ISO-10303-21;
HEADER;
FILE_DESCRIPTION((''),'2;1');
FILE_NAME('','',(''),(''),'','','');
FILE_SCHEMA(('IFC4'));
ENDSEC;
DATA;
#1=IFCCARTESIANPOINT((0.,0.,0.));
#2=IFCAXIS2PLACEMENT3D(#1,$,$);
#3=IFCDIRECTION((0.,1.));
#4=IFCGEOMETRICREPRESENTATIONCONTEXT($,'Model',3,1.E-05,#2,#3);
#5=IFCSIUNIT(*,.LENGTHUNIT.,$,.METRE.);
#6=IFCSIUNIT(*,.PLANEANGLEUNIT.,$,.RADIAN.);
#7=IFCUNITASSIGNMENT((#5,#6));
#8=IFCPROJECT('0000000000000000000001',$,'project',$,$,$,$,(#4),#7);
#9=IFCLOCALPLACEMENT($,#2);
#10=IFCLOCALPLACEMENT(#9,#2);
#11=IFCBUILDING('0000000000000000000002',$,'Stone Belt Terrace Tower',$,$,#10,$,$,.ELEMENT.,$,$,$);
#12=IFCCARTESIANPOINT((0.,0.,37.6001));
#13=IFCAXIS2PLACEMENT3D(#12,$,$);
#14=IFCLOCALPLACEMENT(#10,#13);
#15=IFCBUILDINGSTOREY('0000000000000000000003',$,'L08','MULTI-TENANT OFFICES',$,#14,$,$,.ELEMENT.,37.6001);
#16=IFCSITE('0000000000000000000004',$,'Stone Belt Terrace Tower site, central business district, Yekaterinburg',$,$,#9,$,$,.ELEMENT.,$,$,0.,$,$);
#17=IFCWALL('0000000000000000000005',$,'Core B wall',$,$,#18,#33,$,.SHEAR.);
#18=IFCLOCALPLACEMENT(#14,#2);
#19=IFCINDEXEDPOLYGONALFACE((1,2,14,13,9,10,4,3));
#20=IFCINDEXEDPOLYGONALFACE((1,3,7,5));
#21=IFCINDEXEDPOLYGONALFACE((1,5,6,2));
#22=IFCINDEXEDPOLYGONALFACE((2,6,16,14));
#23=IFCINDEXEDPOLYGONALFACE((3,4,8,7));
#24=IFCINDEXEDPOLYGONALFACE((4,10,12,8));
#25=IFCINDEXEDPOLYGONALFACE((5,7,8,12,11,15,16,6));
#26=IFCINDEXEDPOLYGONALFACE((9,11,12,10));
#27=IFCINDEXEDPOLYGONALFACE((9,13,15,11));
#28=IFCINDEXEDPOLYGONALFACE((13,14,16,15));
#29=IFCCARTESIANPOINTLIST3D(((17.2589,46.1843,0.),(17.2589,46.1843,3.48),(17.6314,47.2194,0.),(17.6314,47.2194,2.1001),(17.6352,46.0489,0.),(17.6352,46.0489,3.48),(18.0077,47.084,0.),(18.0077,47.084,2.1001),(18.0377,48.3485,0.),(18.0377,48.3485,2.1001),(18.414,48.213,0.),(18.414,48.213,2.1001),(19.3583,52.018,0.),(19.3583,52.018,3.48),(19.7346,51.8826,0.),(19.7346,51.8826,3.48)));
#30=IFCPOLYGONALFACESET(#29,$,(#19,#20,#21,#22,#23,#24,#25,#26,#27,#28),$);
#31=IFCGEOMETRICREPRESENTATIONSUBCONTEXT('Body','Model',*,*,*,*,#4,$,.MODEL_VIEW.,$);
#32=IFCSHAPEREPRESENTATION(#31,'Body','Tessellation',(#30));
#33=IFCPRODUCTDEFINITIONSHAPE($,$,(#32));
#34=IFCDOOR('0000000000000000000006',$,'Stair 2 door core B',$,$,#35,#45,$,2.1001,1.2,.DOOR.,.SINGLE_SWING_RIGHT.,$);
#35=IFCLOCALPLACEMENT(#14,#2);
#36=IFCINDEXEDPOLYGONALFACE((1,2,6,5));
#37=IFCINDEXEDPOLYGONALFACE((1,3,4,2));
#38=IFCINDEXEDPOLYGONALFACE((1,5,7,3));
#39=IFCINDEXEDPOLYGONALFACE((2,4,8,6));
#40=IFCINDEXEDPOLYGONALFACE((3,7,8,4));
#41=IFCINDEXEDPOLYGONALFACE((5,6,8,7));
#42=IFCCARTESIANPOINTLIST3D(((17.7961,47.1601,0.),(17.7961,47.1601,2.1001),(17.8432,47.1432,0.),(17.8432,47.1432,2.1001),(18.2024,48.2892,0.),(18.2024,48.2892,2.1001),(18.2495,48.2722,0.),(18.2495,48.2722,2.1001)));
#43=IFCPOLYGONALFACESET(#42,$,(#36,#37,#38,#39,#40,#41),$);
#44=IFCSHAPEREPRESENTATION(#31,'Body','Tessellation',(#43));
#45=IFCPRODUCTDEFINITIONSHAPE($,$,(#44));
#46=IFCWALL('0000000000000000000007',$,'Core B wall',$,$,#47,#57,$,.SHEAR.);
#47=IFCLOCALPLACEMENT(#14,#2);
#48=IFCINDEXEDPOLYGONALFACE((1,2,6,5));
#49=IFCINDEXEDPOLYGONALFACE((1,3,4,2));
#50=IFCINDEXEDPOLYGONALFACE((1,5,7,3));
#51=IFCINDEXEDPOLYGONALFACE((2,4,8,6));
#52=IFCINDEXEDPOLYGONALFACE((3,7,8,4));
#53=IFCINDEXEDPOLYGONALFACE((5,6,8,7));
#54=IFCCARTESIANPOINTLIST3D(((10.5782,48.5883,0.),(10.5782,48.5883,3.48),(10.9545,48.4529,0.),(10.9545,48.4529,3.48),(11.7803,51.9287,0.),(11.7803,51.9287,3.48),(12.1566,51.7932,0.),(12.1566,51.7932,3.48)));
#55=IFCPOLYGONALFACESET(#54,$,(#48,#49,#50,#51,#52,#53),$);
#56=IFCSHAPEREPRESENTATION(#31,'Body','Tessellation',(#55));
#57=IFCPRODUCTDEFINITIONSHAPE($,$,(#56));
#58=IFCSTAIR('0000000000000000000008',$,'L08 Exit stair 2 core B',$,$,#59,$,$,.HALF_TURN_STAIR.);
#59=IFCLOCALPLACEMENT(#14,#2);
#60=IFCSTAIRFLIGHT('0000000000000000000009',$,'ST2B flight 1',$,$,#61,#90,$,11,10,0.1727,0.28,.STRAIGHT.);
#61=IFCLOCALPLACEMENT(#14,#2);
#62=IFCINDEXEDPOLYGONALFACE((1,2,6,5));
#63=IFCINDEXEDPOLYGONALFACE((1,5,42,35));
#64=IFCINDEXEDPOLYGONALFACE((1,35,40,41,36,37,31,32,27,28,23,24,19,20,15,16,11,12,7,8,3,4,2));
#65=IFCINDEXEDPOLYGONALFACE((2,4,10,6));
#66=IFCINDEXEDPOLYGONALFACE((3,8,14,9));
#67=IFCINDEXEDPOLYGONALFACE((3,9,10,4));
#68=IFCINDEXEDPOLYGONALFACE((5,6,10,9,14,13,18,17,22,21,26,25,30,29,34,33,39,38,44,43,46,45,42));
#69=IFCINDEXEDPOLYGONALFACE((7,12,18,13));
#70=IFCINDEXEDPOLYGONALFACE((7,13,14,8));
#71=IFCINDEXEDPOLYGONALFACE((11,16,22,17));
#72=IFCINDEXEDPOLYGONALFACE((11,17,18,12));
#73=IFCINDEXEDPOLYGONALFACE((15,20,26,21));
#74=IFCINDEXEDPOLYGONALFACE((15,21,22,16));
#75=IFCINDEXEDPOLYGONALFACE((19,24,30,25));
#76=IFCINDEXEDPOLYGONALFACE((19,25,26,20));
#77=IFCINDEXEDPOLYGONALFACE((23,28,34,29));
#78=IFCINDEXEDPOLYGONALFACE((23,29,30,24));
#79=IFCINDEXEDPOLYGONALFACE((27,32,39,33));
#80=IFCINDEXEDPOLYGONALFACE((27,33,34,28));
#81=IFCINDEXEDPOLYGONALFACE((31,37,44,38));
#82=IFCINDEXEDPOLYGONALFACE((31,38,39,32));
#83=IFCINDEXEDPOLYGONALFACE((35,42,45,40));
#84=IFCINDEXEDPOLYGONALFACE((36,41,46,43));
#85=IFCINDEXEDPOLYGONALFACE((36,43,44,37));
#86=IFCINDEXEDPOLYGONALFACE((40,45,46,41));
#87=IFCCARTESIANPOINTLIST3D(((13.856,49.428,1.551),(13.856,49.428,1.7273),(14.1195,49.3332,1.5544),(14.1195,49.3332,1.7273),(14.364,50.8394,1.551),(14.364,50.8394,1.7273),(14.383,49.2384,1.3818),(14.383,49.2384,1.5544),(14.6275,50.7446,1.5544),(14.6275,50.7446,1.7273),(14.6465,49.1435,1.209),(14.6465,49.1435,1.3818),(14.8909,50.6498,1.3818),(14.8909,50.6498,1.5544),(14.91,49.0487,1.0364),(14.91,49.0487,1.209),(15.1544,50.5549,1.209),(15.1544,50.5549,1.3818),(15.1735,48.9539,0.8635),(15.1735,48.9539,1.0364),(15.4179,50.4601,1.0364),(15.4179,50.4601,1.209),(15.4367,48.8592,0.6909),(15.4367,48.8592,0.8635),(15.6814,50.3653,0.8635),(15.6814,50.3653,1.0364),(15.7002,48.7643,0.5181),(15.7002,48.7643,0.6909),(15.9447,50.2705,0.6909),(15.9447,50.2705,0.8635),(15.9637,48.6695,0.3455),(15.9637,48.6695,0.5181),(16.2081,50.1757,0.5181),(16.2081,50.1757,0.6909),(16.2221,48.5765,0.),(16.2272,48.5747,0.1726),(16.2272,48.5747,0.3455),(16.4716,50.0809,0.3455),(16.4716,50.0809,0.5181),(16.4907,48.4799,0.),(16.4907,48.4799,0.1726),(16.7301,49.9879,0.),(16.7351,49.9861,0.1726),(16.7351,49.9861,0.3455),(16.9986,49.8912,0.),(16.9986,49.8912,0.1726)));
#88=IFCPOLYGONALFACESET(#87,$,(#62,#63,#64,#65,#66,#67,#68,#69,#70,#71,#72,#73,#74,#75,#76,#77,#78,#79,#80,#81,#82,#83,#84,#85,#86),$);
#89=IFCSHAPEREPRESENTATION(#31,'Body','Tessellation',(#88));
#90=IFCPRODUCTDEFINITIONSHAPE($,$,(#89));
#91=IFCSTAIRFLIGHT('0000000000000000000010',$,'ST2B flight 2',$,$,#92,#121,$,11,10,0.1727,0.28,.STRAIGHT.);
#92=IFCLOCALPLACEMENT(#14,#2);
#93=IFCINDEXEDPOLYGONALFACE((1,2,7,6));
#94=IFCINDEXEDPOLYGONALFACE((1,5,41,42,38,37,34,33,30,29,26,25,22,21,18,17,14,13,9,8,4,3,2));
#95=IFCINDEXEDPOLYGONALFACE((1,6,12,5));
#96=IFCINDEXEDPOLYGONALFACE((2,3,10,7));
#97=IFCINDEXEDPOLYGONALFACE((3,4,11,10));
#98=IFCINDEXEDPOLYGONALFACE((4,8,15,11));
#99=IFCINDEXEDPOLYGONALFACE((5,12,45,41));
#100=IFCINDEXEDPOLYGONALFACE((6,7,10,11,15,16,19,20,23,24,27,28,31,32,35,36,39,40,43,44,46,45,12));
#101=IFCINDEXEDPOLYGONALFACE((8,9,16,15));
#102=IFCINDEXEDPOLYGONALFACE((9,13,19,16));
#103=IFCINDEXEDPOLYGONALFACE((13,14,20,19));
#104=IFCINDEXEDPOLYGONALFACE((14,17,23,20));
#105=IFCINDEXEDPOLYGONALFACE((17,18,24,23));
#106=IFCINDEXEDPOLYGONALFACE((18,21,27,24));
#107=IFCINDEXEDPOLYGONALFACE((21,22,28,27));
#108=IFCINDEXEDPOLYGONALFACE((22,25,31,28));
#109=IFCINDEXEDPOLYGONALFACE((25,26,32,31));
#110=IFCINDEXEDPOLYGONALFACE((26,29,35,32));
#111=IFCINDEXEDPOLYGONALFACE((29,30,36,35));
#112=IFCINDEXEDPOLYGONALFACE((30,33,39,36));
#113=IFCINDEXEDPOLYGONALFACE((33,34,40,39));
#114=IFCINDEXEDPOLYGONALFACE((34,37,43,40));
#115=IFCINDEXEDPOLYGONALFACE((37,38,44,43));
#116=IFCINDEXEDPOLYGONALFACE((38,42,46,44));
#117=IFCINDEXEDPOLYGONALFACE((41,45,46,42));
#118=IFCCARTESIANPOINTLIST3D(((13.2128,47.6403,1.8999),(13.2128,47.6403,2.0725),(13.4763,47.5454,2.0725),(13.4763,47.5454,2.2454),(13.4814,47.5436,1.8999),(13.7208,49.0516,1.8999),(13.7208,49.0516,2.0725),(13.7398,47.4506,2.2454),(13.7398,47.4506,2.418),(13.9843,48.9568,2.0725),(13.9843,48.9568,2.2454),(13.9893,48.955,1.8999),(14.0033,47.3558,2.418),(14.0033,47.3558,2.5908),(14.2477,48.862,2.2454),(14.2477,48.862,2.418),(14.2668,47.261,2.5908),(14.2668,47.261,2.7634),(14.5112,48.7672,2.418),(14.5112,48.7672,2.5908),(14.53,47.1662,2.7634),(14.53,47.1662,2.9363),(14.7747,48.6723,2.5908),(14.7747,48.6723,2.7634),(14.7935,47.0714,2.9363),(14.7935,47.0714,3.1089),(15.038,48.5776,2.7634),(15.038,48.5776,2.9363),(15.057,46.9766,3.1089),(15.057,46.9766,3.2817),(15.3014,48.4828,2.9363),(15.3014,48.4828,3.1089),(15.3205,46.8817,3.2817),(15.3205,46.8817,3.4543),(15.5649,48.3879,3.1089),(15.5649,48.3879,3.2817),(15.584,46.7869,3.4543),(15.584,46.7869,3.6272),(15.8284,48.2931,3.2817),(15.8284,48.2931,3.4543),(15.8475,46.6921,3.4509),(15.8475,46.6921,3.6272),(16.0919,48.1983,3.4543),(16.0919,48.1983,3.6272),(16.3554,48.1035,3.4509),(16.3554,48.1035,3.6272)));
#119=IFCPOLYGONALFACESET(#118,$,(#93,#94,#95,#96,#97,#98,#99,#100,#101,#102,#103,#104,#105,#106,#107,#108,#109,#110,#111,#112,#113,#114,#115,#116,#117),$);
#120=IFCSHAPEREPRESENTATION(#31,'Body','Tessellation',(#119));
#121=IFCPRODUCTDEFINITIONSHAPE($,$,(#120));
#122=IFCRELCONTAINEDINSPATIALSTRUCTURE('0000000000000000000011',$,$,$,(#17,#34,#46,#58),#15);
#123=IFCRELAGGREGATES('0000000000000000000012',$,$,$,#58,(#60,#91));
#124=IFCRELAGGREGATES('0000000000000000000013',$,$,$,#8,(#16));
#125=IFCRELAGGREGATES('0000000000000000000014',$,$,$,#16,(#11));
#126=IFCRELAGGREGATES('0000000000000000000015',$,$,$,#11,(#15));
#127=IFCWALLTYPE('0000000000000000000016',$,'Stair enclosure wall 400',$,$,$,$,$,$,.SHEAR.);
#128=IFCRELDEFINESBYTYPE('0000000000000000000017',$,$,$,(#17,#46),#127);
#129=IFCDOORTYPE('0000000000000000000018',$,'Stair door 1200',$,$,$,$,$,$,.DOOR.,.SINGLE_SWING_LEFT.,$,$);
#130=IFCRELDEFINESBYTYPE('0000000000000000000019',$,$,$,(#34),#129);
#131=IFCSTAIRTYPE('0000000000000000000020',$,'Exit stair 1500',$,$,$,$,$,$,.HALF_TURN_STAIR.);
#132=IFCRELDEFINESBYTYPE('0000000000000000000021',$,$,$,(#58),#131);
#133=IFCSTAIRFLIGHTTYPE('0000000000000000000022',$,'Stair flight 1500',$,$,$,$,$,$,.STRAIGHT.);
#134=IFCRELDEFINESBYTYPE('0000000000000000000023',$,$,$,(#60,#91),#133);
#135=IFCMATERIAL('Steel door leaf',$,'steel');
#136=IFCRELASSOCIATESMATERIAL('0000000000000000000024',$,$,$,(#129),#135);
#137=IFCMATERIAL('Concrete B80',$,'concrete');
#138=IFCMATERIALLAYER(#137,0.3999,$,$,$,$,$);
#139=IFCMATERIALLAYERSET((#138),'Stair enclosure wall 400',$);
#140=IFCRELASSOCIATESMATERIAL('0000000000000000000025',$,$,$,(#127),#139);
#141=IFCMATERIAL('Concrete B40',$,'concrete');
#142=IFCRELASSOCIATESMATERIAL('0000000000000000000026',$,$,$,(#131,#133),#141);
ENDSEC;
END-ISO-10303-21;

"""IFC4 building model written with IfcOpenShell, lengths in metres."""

from ifc_helpers import new_model, si_unit, direction, frame, frame_2d, origin, place, context, subcontext, project, spatial, polyline, rectangle, outline, extrude, material, layer, layer_set, type_object, element, fill, aggregate, save


model = new_model("IFC4")

# Units and contexts
model_context = context("Model", 3, precision=1e-05, world=origin(), true_north=direction((0.0, 1.0)))
body_context = subcontext(model_context, "Body", "Model", "MODEL_VIEW")
ifc_project = project(units=[si_unit("LENGTHUNIT", "METRE"), si_unit("PLANEANGLEUNIT", "RADIAN")], contexts=[model_context])

# Site, building, storey
site_placement = place(None, origin())
site = spatial("IfcSite", under=ifc_project, at=site_placement, Name="Stone Belt Terrace Tower site, central business district, Yekaterinburg", CompositionType="ELEMENT", RefElevation=0.0)
building_placement = place(site_placement, origin())
building = spatial("IfcBuilding", under=site, at=building_placement, Name="Stone Belt Terrace Tower", CompositionType="ELEMENT")
storey_placement = place(building_placement, frame((0.0, 0.0, 37.6001)))
storey = spatial("IfcBuildingStorey", under=building, at=storey_placement, Name="L08", Description="MULTI-TENANT OFFICES", CompositionType="ELEMENT", Elevation=37.6001)

# Shared definitions
ifc_material_1 = material(Name="Concrete B80", Category="concrete")

# Shared definitions
ifc_material_2 = material(Name="Steel door leaf", Category="steel")
door_type_1 = type_object("IfcDoorType", Name="Stair door 1200", OperationType="SINGLE_SWING_LEFT", PredefinedType="DOOR", material=ifc_material_2)

# Wall, opening, door
ifc_layer_1 = layer(ifc_material_1, 0.3999)
ifc_layer_set_1 = layer_set([ifc_layer_1], Name="Stair enclosure wall 400")
wall_type_1 = type_object("IfcWallType", Name="Stair enclosure wall 400", PredefinedType="SHEAR", material=ifc_layer_set_1)
wall_1_placement = place(storey_placement, frame((17.447, 46.1165, 0.0), z_axis=(0.0, 0.0, 1.0), x_axis=(0.338608, 0.940928, 0.0)))
wall_1 = element("IfcWall", 1, at=wall_1_placement, inside=storey, type_object=wall_type_1, Name="Core B wall", PredefinedType="SHEAR", context=body_context, shape_type="SweptSolid", body=[
    extrude(rectangle(XDim=6.2, YDim=0.3999, at=frame_2d((3.1001, 0.0))), origin(), (0.0, 0.0, 1.0), 3.48),
])
opening_1_placement = place(wall_1_placement, frame((1.1001, 0.0, 0.0)))
opening_1 = element("IfcOpeningElement", 2, at=opening_1_placement, cuts=wall_1, PredefinedType="OPENING", context=body_context, shape_type="SweptSolid", body=[
    extrude(rectangle(XDim=1.2, YDim=2.1001, at=frame_2d((0.6001, 1.05))), frame((0.0, 0.21, 0.0), z_axis=(0.0, -1.0, 0.0), x_axis=(1.0, 0.0, 0.0)), (0.0, 0.0, 1.0), 0.4199),
])
door_1_placement = place(opening_1_placement, origin())
door_1 = element("IfcDoor", 3, at=door_1_placement, inside=storey, type_object=door_type_1, Name="Stair 2 door core B", OperationType="SINGLE_SWING_RIGHT", OverallHeight=2.1001, OverallWidth=1.2, PredefinedType="DOOR", context=body_context, shape_type="SweptSolid", body=[
    extrude(rectangle(XDim=1.2, YDim=2.1001, at=frame_2d((0.6001, 1.05))), frame((0.0, 0.0249, 0.0), z_axis=(0.0, -1.0, 0.0), x_axis=(1.0, 0.0, 0.0)), (0.0, 0.0, 1.0), 0.05),
])
fill(opening_1, door_1)

# Wall
wall_2_placement = place(storey_placement, frame((10.7664, 48.5208, 0.0), z_axis=(0.0, 0.0, 1.0), x_axis=(0.338627, 0.940921, 0.0)))
element("IfcWall", 4, at=wall_2_placement, inside=storey, type_object=wall_type_1, Name="Core B wall", PredefinedType="SHEAR", context=body_context, shape_type="SweptSolid", body=[
    extrude(rectangle(XDim=3.55, YDim=0.3999, at=frame_2d((1.7749, 0.0))), origin(), (0.0, 0.0, 1.0), 3.48),
])

# Stair, stair flights
ifc_material_3 = material(Name="Concrete B40", Category="concrete")
stair_type = type_object("IfcStairType", Name="Exit stair 1500", PredefinedType="HALF_TURN_STAIR", material=ifc_material_3)
stair_placement = place(storey_placement, origin())
stair = element("IfcStair", 5, at=stair_placement, inside=storey, type_object=stair_type, Name="L08 Exit stair 2 core B", PredefinedType="HALF_TURN_STAIR")
stair_flight_type = type_object("IfcStairFlightType", Name="Stair flight 1500", PredefinedType="STRAIGHT", material=ifc_material_3)
stair_flight_1_placement = place(storey_placement, frame((16.7446, 49.1855, 0.0), z_axis=(0.0, 0.0, 1.0), x_axis=(-0.940922, 0.338624, 0.0)))
stair_flight_1 = element("IfcStairFlight", 6, at=stair_flight_1_placement, type_object=stair_flight_type, Name="ST2B flight 1", NumberOfRisers=11, NumberOfTreads=10, PredefinedType="STRAIGHT", RiserHeight=0.1727, TreadLength=0.28, context=body_context, shape_type="SweptSolid", body=[
    extrude(outline(polyline([(0.0, 0.0), (0.0, 0.1726), (0.28, 0.1726), (0.28, 0.3455), (0.5601, 0.3455), (0.5601, 0.5181), (0.8401, 0.5181), (0.8401, 0.6909), (1.1201, 0.6909), (1.1201, 0.8635), (1.3999, 0.8635), (1.3999, 1.0364), (1.6799, 1.0364), (1.6799, 1.209), (1.96, 1.209), (1.96, 1.3818), (2.24, 1.3818), (2.24, 1.5544), (2.52, 1.5544), (2.52, 1.7273), (2.8, 1.7273), (2.8, 1.8999), (2.8, 1.551), (0.2854, 0.0), (0.0, 0.0)])), frame((0.0, 0.75, 0.0), z_axis=(0.0, -1.0, 0.0), x_axis=(1.0, 0.0, 0.0)), (0.0, 0.0, 1.0), 1.5),
])
stair_flight_2_placement = place(storey_placement, frame((13.4668, 48.3459, 1.8999), z_axis=(0.0, 0.0, 1.0), x_axis=(0.940922, -0.338624, 0.0)))
stair_flight_2 = element("IfcStairFlight", 7, at=stair_flight_2_placement, type_object=stair_flight_type, Name="ST2B flight 2", NumberOfRisers=11, NumberOfTreads=10, PredefinedType="STRAIGHT", RiserHeight=0.1727, TreadLength=0.28, context=body_context, shape_type="SweptSolid", body=[
    extrude(outline(polyline([(0.0, 0.0), (0.0, 0.1726), (0.28, 0.1726), (0.28, 0.3455), (0.5601, 0.3455), (0.5601, 0.5181), (0.8401, 0.5181), (0.8401, 0.6909), (1.1201, 0.6909), (1.1201, 0.8635), (1.3999, 0.8635), (1.3999, 1.0364), (1.6799, 1.0364), (1.6799, 1.209), (1.96, 1.209), (1.96, 1.3818), (2.24, 1.3818), (2.24, 1.5544), (2.52, 1.5544), (2.52, 1.7273), (2.8, 1.7273), (2.8, 1.8999), (2.8, 1.551), (0.2854, 0.0), (0.0, 0.0)])), frame((0.0, 0.75, 0.0), z_axis=(0.0, -1.0, 0.0), x_axis=(1.0, 0.0, 0.0)), (0.0, 0.0, 1.0), 1.5),
])
aggregate(stair, [stair_flight_1, stair_flight_2])

save(model, "model.ifc")
